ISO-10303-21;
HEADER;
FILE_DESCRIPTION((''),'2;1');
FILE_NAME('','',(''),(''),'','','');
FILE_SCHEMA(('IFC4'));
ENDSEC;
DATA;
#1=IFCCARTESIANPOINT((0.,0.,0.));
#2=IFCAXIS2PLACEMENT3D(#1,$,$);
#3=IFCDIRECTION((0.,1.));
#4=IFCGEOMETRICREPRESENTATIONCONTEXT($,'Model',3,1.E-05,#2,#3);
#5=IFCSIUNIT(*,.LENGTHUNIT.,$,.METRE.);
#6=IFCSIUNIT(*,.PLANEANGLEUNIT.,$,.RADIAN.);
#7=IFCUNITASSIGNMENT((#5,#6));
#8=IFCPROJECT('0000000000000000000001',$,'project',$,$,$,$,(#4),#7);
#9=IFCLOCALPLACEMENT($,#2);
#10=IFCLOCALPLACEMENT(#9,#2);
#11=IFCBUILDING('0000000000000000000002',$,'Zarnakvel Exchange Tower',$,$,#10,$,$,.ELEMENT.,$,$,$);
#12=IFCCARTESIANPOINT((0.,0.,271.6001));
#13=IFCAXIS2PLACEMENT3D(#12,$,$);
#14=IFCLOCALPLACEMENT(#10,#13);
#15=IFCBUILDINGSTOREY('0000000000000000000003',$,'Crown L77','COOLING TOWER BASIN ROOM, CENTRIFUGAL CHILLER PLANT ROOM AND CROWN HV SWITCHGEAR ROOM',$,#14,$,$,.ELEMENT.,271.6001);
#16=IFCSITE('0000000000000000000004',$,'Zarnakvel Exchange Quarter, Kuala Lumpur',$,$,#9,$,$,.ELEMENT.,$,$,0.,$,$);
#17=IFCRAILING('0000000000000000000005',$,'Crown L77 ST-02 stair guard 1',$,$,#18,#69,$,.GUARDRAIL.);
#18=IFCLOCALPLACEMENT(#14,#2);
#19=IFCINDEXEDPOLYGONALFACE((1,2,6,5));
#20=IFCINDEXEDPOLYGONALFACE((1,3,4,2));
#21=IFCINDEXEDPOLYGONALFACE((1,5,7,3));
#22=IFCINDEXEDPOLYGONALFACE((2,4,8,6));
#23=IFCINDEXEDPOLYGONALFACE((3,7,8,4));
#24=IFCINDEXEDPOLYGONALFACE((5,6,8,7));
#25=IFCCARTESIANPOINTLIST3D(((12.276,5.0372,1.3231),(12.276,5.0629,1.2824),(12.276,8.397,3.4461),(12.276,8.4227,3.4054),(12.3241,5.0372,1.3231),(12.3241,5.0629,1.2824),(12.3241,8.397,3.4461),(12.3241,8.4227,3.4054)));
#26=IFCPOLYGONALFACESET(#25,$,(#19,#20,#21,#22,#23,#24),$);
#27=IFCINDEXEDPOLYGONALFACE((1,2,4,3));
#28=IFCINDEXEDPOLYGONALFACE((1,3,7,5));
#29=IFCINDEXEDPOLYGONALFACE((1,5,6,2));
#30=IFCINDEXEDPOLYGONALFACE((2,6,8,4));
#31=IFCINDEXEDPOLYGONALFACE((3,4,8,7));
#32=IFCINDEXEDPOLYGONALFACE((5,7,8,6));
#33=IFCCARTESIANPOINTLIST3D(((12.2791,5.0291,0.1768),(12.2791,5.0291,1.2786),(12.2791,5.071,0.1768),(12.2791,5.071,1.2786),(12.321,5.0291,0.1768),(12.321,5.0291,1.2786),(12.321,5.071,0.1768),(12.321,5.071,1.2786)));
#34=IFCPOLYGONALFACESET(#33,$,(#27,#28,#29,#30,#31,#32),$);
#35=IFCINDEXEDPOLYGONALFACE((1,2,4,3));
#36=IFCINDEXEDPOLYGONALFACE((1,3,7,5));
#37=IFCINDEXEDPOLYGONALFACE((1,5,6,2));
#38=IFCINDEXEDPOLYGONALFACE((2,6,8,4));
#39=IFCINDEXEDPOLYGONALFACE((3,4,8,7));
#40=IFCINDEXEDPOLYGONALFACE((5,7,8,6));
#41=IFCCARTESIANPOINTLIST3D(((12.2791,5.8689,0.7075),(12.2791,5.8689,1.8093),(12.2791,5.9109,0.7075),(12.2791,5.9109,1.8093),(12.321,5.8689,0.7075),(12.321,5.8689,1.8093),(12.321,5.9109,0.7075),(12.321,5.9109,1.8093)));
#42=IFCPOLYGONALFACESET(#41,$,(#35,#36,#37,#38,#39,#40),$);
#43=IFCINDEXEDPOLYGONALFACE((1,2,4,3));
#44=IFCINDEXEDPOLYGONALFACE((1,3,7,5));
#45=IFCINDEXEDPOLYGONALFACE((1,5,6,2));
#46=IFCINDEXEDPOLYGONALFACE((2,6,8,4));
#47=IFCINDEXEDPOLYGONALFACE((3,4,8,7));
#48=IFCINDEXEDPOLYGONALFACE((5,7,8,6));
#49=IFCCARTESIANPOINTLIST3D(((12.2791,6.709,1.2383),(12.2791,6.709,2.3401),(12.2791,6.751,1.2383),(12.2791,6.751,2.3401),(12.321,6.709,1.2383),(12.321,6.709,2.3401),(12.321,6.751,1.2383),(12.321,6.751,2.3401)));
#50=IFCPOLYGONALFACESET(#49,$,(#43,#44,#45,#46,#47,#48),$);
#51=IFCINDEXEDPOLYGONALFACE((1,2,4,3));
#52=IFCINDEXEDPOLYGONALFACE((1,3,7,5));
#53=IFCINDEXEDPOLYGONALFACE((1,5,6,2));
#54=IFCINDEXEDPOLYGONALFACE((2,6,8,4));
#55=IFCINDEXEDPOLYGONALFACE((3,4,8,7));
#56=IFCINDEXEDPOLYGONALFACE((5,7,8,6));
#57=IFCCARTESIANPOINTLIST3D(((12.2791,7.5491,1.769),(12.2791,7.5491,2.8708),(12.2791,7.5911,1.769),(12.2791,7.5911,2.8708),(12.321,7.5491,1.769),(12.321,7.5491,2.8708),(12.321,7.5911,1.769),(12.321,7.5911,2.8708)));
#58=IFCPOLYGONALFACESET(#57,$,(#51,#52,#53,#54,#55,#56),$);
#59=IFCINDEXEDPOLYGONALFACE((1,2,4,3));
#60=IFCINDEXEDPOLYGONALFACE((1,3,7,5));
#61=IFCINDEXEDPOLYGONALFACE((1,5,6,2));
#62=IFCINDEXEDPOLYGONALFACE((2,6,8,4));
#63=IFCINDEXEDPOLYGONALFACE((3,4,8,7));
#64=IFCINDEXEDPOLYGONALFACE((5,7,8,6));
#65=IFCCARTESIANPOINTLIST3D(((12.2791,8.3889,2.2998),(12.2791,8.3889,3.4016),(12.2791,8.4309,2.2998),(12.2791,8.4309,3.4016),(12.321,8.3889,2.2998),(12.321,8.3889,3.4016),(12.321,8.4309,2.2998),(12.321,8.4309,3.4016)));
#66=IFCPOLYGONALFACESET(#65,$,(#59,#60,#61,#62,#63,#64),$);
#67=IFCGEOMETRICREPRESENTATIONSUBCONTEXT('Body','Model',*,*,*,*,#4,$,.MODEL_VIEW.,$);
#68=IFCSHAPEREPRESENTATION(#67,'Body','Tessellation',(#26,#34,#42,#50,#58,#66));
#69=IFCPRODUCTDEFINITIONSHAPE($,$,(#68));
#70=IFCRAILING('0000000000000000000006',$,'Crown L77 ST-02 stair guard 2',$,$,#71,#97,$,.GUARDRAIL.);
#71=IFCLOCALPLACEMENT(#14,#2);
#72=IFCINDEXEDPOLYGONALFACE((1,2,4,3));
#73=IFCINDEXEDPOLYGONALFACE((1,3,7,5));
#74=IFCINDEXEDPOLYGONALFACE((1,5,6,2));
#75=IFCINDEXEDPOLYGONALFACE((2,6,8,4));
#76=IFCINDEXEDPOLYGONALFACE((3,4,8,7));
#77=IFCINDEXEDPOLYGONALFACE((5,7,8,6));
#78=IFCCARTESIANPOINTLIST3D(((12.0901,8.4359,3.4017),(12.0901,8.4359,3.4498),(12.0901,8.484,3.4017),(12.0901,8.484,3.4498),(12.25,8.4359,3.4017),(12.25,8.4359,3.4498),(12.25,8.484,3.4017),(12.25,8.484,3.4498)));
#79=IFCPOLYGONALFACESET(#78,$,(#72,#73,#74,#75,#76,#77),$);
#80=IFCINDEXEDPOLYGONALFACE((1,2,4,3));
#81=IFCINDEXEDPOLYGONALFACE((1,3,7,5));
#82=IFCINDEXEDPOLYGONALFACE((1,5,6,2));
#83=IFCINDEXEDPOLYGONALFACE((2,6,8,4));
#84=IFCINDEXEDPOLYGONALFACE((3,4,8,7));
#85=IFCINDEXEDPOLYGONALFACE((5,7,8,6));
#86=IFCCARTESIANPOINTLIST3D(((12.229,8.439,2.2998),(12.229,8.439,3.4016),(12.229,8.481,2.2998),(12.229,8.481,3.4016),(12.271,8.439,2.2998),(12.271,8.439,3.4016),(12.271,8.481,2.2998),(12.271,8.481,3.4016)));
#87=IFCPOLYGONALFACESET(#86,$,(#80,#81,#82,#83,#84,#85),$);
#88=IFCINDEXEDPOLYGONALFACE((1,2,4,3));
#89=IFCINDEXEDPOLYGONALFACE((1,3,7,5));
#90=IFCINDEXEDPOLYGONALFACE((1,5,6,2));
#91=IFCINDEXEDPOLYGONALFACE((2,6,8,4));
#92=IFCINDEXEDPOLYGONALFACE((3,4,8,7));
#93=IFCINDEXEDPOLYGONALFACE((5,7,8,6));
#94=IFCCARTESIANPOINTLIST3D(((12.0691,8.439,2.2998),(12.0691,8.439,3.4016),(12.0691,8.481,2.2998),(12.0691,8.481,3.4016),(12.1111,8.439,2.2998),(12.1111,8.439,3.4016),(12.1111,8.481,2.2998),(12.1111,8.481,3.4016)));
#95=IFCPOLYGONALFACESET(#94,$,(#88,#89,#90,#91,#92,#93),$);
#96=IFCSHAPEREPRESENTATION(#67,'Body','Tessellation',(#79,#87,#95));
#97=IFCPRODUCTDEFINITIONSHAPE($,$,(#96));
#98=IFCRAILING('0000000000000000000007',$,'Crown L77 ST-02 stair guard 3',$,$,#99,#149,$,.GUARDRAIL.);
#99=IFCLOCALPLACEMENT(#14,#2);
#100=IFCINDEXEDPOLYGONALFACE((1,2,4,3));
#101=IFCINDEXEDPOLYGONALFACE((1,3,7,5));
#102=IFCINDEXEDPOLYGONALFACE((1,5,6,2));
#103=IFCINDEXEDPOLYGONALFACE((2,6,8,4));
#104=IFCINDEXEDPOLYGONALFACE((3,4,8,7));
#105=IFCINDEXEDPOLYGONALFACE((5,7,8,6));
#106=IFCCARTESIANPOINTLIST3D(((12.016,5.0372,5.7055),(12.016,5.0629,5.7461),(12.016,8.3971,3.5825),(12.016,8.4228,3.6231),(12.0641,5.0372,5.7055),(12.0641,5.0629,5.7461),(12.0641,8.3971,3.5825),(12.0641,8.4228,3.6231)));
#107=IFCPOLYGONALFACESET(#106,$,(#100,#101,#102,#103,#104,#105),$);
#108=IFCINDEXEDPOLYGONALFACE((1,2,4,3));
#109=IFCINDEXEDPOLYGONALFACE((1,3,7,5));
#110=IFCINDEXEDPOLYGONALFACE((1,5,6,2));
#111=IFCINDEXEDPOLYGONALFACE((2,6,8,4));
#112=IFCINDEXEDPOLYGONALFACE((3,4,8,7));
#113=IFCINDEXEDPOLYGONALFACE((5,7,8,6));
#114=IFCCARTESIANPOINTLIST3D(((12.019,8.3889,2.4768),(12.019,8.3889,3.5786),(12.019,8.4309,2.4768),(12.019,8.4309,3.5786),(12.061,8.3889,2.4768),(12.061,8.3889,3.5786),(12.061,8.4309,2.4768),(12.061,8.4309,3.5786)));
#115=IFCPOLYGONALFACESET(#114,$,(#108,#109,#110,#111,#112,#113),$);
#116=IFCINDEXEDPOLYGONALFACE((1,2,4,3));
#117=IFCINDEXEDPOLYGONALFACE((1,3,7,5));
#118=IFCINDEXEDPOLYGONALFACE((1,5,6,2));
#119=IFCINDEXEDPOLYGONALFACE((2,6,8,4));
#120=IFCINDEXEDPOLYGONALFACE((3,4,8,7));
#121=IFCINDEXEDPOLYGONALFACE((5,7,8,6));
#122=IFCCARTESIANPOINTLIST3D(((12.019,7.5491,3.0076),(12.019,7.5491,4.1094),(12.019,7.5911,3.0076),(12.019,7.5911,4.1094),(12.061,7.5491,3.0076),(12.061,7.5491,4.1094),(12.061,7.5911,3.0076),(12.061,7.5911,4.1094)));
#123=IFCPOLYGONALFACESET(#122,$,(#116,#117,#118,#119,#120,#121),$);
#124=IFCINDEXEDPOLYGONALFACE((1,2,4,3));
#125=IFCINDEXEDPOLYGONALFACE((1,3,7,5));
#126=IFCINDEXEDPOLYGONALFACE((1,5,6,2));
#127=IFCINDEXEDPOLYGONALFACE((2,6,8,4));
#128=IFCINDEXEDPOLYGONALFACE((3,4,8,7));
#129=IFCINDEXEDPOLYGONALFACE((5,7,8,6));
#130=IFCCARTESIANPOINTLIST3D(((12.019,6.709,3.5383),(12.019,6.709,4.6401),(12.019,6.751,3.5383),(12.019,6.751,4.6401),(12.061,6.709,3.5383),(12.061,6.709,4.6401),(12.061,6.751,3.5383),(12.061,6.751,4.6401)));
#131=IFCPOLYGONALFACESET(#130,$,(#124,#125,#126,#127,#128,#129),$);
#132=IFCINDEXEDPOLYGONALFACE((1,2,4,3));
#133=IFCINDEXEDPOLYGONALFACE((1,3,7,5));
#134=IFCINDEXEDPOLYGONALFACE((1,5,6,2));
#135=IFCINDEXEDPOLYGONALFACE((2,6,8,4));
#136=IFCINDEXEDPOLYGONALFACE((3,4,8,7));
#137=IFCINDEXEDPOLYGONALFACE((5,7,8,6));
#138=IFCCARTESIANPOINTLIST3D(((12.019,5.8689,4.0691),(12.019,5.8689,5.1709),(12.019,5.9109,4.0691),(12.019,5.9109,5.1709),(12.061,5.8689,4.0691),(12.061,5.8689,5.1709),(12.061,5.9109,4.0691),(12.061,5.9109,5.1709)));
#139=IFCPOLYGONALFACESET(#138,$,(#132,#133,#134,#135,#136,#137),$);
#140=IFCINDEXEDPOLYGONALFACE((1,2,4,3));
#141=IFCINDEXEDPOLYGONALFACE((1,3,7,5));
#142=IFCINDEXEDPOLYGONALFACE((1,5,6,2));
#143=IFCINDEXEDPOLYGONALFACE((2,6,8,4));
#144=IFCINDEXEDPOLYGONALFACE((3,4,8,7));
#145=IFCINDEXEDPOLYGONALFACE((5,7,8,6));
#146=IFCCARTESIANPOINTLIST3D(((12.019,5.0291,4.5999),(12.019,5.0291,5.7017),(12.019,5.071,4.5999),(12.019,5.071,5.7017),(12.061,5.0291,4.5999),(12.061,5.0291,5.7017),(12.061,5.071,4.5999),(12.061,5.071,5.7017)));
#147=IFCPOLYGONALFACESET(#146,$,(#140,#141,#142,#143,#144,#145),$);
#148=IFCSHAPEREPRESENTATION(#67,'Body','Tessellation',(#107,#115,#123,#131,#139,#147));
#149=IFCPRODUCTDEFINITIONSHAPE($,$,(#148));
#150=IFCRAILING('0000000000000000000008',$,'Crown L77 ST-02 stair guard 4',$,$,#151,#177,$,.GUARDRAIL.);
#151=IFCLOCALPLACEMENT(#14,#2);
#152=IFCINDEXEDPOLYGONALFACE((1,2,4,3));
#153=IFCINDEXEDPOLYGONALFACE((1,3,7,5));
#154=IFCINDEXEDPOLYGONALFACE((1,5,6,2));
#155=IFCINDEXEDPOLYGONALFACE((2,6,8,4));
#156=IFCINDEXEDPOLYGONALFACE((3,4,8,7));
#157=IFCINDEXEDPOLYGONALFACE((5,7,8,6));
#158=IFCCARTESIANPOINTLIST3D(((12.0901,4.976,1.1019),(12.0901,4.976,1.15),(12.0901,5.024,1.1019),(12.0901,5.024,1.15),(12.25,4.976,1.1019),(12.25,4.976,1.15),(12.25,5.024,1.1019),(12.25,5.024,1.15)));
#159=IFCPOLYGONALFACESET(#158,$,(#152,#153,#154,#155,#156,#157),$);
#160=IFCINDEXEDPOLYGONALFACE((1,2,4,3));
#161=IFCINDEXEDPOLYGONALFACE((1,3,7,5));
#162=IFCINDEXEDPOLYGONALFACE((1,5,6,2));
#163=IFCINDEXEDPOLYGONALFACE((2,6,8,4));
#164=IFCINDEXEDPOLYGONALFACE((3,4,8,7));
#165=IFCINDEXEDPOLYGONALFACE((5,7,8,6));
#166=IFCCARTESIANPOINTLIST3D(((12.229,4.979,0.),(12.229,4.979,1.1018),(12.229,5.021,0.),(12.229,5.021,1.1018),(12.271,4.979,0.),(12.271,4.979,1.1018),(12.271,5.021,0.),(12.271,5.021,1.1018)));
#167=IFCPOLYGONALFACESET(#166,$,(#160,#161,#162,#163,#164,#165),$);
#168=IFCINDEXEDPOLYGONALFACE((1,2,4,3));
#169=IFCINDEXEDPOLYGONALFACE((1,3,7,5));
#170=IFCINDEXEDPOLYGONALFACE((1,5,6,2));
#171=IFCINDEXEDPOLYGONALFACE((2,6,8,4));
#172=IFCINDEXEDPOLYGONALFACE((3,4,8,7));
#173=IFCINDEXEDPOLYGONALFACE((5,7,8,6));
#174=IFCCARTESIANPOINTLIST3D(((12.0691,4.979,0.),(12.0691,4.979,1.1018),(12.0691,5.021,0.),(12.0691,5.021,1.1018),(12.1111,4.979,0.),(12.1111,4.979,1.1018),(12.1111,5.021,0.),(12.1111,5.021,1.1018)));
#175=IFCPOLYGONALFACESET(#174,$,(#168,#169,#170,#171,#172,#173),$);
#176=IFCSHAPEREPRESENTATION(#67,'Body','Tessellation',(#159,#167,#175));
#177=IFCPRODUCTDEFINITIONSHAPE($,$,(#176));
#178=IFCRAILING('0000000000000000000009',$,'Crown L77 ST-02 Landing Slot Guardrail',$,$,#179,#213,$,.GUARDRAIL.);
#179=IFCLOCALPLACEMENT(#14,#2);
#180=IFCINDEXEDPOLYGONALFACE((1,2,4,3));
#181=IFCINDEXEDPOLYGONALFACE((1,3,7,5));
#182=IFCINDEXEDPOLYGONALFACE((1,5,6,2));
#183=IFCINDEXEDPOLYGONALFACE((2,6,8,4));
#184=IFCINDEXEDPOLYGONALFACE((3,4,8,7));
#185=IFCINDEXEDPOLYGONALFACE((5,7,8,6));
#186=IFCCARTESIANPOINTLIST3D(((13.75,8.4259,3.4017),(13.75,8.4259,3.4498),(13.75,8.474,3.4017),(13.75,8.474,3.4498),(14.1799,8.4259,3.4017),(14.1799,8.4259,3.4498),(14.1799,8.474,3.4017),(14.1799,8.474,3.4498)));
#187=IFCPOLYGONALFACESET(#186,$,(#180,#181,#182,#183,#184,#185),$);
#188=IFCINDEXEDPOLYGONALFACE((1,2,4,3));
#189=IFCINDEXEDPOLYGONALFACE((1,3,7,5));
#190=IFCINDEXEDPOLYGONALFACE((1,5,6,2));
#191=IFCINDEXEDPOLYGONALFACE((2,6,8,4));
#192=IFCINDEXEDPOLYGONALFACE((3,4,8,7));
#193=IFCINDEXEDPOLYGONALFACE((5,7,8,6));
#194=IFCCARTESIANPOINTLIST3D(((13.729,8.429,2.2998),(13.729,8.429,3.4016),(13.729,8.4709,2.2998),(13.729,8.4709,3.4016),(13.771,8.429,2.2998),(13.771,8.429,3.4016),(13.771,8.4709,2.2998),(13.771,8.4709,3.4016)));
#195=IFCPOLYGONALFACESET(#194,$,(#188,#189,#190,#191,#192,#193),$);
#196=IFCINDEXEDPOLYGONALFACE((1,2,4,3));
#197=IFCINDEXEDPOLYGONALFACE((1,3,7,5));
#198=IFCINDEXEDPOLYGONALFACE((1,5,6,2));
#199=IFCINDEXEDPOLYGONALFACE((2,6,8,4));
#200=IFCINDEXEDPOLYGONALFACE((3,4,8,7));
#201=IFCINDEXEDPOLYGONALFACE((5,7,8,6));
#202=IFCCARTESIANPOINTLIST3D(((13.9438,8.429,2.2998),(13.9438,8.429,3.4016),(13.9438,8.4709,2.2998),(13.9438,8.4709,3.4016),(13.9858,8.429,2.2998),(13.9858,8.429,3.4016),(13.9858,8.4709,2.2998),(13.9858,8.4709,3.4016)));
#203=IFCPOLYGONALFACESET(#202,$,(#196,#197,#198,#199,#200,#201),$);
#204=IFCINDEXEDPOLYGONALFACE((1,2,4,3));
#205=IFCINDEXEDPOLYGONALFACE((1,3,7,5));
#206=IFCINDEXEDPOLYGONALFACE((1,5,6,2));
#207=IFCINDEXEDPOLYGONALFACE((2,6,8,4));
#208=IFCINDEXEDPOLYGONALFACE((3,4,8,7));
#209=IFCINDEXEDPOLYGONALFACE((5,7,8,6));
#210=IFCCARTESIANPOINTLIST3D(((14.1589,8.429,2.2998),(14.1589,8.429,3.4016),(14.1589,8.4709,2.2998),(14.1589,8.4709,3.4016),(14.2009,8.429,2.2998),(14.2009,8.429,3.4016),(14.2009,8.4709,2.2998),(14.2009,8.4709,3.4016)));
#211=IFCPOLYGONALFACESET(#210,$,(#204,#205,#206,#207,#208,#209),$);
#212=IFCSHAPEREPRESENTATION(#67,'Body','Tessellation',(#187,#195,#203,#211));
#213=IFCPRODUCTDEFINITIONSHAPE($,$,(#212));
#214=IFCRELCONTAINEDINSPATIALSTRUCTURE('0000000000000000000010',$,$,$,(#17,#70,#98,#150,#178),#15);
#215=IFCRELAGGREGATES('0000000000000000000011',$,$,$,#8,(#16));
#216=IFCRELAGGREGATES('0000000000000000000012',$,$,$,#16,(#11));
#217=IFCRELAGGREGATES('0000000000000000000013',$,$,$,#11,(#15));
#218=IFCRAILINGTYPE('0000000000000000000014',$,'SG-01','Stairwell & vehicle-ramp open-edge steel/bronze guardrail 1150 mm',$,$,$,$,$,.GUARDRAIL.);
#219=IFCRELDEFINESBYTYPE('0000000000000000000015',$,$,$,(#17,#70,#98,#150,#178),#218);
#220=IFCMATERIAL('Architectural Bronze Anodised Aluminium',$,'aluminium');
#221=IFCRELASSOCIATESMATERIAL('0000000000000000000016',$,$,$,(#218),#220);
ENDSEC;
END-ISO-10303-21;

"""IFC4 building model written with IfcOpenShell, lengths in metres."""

from ifc_helpers import new_model, si_unit, direction, frame, origin, origin_2d, place, context, subcontext, project, spatial, rectangle, extrude, material, type_object, element, save


model = new_model("IFC4")

# Units and contexts
model_context = context("Model", 3, precision=1e-05, world=origin(), true_north=direction((0.0, 1.0)))
body_context = subcontext(model_context, "Body", "Model", "MODEL_VIEW")
ifc_project = project(units=[si_unit("LENGTHUNIT", "METRE"), si_unit("PLANEANGLEUNIT", "RADIAN")], contexts=[model_context])

# Site, building, storey
site_placement = place(None, origin())
site = spatial("IfcSite", under=ifc_project, at=site_placement, Name="Zarnakvel Exchange Quarter, Kuala Lumpur", CompositionType="ELEMENT", RefElevation=0.0)
building_placement = place(site_placement, origin())
building = spatial("IfcBuilding", under=site, at=building_placement, Name="Zarnakvel Exchange Tower", CompositionType="ELEMENT")
storey_placement = place(building_placement, frame((0.0, 0.0, 271.6001)))
storey = spatial("IfcBuildingStorey", under=building, at=storey_placement, Name="Crown L77", Description="COOLING TOWER BASIN ROOM, CENTRIFUGAL CHILLER PLANT ROOM AND CROWN HV SWITCHGEAR ROOM", CompositionType="ELEMENT", Elevation=271.6001)

# Shared definitions
ifc_material_1 = material(Name="Architectural Bronze Anodised Aluminium", Category="aluminium")

# Railings
railing_type_1 = type_object("IfcRailingType", Name="SG-01", Description="Stairwell & vehicle-ramp open-edge steel/bronze guardrail 1150 mm", PredefinedType="GUARDRAIL", material=ifc_material_1)
railing_1_placement = place(storey_placement, frame((12.3, 5.05, 0.1768)))
element("IfcRailing", 1, at=railing_1_placement, inside=storey, type_object=railing_type_1, Name="Crown L77 ST-02 stair guard 1", PredefinedType="GUARDRAIL", context=body_context, shape_type="SweptSolid", body=[
    extrude(rectangle(XDim=0.0481, YDim=0.0481, at=origin_2d()), frame((0.0, 0.0, 1.126), z_axis=(0.0, 0.845372, 0.534178), x_axis=(-1.0, 0.0, 0.0)), (0.0, 0.0, 1.0), 3.9744),
    extrude(rectangle(XDim=0.042, YDim=0.042, at=origin_2d()), origin(), (0.0, 0.0, 1.0), 1.1018),
    extrude(rectangle(XDim=0.042, YDim=0.042, at=origin_2d()), frame((0.0, 0.8398, 0.5308)), (0.0, 0.0, 1.0), 1.1018),
    extrude(rectangle(XDim=0.042, YDim=0.042, at=origin_2d()), frame((0.0, 1.6799, 1.0615)), (0.0, 0.0, 1.0), 1.1018),
    extrude(rectangle(XDim=0.042, YDim=0.042, at=origin_2d()), frame((0.0, 2.52, 1.5923)), (0.0, 0.0, 1.0), 1.1018),
    extrude(rectangle(XDim=0.042, YDim=0.042, at=origin_2d()), frame((0.0, 3.3599, 2.123)), (0.0, 0.0, 1.0), 1.1018),
])
railing_2_placement = place(storey_placement, frame((12.25, 8.46, 2.2998)))
element("IfcRailing", 2, at=railing_2_placement, inside=storey, type_object=railing_type_1, Name="Crown L77 ST-02 stair guard 2", PredefinedType="GUARDRAIL", context=body_context, shape_type="SweptSolid", body=[
    extrude(rectangle(XDim=0.0481, YDim=0.0481, at=origin_2d()), frame((0.0, 0.0, 1.126), z_axis=(-1.0, 0.0, 0.0), x_axis=(0.0, -1.0, 0.0)), (0.0, 0.0, 1.0), 0.1599),
    extrude(rectangle(XDim=0.042, YDim=0.042, at=origin_2d()), origin(), (0.0, 0.0, 1.0), 1.1018),
    extrude(rectangle(XDim=0.042, YDim=0.042, at=origin_2d()), frame((-0.1599, 0.0, 0.0)), (0.0, 0.0, 1.0), 1.1018),
])
railing_3_placement = place(storey_placement, frame((12.04, 8.4099, 2.4768)))
element("IfcRailing", 3, at=railing_3_placement, inside=storey, type_object=railing_type_1, Name="Crown L77 ST-02 stair guard 3", PredefinedType="GUARDRAIL", context=body_context, shape_type="SweptSolid", body=[
    extrude(rectangle(XDim=0.0481, YDim=0.0481, at=origin_2d()), frame((0.0, 0.0, 1.126), z_axis=(0.0, -0.845372, 0.534178), x_axis=(1.0, 0.0, 0.0)), (0.0, 0.0, 1.0), 3.9744),
    extrude(rectangle(XDim=0.042, YDim=0.042, at=origin_2d()), origin(), (0.0, 0.0, 1.0), 1.1018),
    extrude(rectangle(XDim=0.042, YDim=0.042, at=origin_2d()), frame((0.0, -0.8398, 0.5308)), (0.0, 0.0, 1.0), 1.1018),
    extrude(rectangle(XDim=0.042, YDim=0.042, at=origin_2d()), frame((0.0, -1.6799, 1.0615)), (0.0, 0.0, 1.0), 1.1018),
    extrude(rectangle(XDim=0.042, YDim=0.042, at=origin_2d()), frame((0.0, -2.52, 1.5923)), (0.0, 0.0, 1.0), 1.1018),
    extrude(rectangle(XDim=0.042, YDim=0.042, at=origin_2d()), frame((0.0, -3.3599, 2.123)), (0.0, 0.0, 1.0), 1.1018),
])
railing_4_placement = place(storey_placement, frame((12.25, 5.0, 0.0)))
element("IfcRailing", 4, at=railing_4_placement, inside=storey, type_object=railing_type_1, Name="Crown L77 ST-02 stair guard 4", PredefinedType="GUARDRAIL", context=body_context, shape_type="SweptSolid", body=[
    extrude(rectangle(XDim=0.0481, YDim=0.0481, at=origin_2d()), frame((0.0, 0.0, 1.126), z_axis=(-1.0, 0.0, 0.0), x_axis=(0.0, -1.0, 0.0)), (0.0, 0.0, 1.0), 0.1599),
    extrude(rectangle(XDim=0.042, YDim=0.042, at=origin_2d()), origin(), (0.0, 0.0, 1.0), 1.1018),
    extrude(rectangle(XDim=0.042, YDim=0.042, at=origin_2d()), frame((-0.1599, 0.0, 0.0)), (0.0, 0.0, 1.0), 1.1018),
])
railing_5_placement = place(storey_placement, frame((13.75, 8.45, 2.2998)))
element("IfcRailing", 5, at=railing_5_placement, inside=storey, type_object=railing_type_1, Name="Crown L77 ST-02 Landing Slot Guardrail", PredefinedType="GUARDRAIL", context=body_context, shape_type="SweptSolid", body=[
    extrude(rectangle(XDim=0.0481, YDim=0.0481, at=origin_2d()), frame((0.0, 0.0, 1.126), z_axis=(1.0, 0.0, 0.0), x_axis=(0.0, 1.0, 0.0)), (0.0, 0.0, 1.0), 0.4299),
    extrude(rectangle(XDim=0.042, YDim=0.042, at=origin_2d()), origin(), (0.0, 0.0, 1.0), 1.1018),
    extrude(rectangle(XDim=0.042, YDim=0.042, at=origin_2d()), frame((0.2148, 0.0, 0.0)), (0.0, 0.0, 1.0), 1.1018),
    extrude(rectangle(XDim=0.042, YDim=0.042, at=origin_2d()), frame((0.4299, 0.0, 0.0)), (0.0, 0.0, 1.0), 1.1018),
])

save(model, "model.ifc")
